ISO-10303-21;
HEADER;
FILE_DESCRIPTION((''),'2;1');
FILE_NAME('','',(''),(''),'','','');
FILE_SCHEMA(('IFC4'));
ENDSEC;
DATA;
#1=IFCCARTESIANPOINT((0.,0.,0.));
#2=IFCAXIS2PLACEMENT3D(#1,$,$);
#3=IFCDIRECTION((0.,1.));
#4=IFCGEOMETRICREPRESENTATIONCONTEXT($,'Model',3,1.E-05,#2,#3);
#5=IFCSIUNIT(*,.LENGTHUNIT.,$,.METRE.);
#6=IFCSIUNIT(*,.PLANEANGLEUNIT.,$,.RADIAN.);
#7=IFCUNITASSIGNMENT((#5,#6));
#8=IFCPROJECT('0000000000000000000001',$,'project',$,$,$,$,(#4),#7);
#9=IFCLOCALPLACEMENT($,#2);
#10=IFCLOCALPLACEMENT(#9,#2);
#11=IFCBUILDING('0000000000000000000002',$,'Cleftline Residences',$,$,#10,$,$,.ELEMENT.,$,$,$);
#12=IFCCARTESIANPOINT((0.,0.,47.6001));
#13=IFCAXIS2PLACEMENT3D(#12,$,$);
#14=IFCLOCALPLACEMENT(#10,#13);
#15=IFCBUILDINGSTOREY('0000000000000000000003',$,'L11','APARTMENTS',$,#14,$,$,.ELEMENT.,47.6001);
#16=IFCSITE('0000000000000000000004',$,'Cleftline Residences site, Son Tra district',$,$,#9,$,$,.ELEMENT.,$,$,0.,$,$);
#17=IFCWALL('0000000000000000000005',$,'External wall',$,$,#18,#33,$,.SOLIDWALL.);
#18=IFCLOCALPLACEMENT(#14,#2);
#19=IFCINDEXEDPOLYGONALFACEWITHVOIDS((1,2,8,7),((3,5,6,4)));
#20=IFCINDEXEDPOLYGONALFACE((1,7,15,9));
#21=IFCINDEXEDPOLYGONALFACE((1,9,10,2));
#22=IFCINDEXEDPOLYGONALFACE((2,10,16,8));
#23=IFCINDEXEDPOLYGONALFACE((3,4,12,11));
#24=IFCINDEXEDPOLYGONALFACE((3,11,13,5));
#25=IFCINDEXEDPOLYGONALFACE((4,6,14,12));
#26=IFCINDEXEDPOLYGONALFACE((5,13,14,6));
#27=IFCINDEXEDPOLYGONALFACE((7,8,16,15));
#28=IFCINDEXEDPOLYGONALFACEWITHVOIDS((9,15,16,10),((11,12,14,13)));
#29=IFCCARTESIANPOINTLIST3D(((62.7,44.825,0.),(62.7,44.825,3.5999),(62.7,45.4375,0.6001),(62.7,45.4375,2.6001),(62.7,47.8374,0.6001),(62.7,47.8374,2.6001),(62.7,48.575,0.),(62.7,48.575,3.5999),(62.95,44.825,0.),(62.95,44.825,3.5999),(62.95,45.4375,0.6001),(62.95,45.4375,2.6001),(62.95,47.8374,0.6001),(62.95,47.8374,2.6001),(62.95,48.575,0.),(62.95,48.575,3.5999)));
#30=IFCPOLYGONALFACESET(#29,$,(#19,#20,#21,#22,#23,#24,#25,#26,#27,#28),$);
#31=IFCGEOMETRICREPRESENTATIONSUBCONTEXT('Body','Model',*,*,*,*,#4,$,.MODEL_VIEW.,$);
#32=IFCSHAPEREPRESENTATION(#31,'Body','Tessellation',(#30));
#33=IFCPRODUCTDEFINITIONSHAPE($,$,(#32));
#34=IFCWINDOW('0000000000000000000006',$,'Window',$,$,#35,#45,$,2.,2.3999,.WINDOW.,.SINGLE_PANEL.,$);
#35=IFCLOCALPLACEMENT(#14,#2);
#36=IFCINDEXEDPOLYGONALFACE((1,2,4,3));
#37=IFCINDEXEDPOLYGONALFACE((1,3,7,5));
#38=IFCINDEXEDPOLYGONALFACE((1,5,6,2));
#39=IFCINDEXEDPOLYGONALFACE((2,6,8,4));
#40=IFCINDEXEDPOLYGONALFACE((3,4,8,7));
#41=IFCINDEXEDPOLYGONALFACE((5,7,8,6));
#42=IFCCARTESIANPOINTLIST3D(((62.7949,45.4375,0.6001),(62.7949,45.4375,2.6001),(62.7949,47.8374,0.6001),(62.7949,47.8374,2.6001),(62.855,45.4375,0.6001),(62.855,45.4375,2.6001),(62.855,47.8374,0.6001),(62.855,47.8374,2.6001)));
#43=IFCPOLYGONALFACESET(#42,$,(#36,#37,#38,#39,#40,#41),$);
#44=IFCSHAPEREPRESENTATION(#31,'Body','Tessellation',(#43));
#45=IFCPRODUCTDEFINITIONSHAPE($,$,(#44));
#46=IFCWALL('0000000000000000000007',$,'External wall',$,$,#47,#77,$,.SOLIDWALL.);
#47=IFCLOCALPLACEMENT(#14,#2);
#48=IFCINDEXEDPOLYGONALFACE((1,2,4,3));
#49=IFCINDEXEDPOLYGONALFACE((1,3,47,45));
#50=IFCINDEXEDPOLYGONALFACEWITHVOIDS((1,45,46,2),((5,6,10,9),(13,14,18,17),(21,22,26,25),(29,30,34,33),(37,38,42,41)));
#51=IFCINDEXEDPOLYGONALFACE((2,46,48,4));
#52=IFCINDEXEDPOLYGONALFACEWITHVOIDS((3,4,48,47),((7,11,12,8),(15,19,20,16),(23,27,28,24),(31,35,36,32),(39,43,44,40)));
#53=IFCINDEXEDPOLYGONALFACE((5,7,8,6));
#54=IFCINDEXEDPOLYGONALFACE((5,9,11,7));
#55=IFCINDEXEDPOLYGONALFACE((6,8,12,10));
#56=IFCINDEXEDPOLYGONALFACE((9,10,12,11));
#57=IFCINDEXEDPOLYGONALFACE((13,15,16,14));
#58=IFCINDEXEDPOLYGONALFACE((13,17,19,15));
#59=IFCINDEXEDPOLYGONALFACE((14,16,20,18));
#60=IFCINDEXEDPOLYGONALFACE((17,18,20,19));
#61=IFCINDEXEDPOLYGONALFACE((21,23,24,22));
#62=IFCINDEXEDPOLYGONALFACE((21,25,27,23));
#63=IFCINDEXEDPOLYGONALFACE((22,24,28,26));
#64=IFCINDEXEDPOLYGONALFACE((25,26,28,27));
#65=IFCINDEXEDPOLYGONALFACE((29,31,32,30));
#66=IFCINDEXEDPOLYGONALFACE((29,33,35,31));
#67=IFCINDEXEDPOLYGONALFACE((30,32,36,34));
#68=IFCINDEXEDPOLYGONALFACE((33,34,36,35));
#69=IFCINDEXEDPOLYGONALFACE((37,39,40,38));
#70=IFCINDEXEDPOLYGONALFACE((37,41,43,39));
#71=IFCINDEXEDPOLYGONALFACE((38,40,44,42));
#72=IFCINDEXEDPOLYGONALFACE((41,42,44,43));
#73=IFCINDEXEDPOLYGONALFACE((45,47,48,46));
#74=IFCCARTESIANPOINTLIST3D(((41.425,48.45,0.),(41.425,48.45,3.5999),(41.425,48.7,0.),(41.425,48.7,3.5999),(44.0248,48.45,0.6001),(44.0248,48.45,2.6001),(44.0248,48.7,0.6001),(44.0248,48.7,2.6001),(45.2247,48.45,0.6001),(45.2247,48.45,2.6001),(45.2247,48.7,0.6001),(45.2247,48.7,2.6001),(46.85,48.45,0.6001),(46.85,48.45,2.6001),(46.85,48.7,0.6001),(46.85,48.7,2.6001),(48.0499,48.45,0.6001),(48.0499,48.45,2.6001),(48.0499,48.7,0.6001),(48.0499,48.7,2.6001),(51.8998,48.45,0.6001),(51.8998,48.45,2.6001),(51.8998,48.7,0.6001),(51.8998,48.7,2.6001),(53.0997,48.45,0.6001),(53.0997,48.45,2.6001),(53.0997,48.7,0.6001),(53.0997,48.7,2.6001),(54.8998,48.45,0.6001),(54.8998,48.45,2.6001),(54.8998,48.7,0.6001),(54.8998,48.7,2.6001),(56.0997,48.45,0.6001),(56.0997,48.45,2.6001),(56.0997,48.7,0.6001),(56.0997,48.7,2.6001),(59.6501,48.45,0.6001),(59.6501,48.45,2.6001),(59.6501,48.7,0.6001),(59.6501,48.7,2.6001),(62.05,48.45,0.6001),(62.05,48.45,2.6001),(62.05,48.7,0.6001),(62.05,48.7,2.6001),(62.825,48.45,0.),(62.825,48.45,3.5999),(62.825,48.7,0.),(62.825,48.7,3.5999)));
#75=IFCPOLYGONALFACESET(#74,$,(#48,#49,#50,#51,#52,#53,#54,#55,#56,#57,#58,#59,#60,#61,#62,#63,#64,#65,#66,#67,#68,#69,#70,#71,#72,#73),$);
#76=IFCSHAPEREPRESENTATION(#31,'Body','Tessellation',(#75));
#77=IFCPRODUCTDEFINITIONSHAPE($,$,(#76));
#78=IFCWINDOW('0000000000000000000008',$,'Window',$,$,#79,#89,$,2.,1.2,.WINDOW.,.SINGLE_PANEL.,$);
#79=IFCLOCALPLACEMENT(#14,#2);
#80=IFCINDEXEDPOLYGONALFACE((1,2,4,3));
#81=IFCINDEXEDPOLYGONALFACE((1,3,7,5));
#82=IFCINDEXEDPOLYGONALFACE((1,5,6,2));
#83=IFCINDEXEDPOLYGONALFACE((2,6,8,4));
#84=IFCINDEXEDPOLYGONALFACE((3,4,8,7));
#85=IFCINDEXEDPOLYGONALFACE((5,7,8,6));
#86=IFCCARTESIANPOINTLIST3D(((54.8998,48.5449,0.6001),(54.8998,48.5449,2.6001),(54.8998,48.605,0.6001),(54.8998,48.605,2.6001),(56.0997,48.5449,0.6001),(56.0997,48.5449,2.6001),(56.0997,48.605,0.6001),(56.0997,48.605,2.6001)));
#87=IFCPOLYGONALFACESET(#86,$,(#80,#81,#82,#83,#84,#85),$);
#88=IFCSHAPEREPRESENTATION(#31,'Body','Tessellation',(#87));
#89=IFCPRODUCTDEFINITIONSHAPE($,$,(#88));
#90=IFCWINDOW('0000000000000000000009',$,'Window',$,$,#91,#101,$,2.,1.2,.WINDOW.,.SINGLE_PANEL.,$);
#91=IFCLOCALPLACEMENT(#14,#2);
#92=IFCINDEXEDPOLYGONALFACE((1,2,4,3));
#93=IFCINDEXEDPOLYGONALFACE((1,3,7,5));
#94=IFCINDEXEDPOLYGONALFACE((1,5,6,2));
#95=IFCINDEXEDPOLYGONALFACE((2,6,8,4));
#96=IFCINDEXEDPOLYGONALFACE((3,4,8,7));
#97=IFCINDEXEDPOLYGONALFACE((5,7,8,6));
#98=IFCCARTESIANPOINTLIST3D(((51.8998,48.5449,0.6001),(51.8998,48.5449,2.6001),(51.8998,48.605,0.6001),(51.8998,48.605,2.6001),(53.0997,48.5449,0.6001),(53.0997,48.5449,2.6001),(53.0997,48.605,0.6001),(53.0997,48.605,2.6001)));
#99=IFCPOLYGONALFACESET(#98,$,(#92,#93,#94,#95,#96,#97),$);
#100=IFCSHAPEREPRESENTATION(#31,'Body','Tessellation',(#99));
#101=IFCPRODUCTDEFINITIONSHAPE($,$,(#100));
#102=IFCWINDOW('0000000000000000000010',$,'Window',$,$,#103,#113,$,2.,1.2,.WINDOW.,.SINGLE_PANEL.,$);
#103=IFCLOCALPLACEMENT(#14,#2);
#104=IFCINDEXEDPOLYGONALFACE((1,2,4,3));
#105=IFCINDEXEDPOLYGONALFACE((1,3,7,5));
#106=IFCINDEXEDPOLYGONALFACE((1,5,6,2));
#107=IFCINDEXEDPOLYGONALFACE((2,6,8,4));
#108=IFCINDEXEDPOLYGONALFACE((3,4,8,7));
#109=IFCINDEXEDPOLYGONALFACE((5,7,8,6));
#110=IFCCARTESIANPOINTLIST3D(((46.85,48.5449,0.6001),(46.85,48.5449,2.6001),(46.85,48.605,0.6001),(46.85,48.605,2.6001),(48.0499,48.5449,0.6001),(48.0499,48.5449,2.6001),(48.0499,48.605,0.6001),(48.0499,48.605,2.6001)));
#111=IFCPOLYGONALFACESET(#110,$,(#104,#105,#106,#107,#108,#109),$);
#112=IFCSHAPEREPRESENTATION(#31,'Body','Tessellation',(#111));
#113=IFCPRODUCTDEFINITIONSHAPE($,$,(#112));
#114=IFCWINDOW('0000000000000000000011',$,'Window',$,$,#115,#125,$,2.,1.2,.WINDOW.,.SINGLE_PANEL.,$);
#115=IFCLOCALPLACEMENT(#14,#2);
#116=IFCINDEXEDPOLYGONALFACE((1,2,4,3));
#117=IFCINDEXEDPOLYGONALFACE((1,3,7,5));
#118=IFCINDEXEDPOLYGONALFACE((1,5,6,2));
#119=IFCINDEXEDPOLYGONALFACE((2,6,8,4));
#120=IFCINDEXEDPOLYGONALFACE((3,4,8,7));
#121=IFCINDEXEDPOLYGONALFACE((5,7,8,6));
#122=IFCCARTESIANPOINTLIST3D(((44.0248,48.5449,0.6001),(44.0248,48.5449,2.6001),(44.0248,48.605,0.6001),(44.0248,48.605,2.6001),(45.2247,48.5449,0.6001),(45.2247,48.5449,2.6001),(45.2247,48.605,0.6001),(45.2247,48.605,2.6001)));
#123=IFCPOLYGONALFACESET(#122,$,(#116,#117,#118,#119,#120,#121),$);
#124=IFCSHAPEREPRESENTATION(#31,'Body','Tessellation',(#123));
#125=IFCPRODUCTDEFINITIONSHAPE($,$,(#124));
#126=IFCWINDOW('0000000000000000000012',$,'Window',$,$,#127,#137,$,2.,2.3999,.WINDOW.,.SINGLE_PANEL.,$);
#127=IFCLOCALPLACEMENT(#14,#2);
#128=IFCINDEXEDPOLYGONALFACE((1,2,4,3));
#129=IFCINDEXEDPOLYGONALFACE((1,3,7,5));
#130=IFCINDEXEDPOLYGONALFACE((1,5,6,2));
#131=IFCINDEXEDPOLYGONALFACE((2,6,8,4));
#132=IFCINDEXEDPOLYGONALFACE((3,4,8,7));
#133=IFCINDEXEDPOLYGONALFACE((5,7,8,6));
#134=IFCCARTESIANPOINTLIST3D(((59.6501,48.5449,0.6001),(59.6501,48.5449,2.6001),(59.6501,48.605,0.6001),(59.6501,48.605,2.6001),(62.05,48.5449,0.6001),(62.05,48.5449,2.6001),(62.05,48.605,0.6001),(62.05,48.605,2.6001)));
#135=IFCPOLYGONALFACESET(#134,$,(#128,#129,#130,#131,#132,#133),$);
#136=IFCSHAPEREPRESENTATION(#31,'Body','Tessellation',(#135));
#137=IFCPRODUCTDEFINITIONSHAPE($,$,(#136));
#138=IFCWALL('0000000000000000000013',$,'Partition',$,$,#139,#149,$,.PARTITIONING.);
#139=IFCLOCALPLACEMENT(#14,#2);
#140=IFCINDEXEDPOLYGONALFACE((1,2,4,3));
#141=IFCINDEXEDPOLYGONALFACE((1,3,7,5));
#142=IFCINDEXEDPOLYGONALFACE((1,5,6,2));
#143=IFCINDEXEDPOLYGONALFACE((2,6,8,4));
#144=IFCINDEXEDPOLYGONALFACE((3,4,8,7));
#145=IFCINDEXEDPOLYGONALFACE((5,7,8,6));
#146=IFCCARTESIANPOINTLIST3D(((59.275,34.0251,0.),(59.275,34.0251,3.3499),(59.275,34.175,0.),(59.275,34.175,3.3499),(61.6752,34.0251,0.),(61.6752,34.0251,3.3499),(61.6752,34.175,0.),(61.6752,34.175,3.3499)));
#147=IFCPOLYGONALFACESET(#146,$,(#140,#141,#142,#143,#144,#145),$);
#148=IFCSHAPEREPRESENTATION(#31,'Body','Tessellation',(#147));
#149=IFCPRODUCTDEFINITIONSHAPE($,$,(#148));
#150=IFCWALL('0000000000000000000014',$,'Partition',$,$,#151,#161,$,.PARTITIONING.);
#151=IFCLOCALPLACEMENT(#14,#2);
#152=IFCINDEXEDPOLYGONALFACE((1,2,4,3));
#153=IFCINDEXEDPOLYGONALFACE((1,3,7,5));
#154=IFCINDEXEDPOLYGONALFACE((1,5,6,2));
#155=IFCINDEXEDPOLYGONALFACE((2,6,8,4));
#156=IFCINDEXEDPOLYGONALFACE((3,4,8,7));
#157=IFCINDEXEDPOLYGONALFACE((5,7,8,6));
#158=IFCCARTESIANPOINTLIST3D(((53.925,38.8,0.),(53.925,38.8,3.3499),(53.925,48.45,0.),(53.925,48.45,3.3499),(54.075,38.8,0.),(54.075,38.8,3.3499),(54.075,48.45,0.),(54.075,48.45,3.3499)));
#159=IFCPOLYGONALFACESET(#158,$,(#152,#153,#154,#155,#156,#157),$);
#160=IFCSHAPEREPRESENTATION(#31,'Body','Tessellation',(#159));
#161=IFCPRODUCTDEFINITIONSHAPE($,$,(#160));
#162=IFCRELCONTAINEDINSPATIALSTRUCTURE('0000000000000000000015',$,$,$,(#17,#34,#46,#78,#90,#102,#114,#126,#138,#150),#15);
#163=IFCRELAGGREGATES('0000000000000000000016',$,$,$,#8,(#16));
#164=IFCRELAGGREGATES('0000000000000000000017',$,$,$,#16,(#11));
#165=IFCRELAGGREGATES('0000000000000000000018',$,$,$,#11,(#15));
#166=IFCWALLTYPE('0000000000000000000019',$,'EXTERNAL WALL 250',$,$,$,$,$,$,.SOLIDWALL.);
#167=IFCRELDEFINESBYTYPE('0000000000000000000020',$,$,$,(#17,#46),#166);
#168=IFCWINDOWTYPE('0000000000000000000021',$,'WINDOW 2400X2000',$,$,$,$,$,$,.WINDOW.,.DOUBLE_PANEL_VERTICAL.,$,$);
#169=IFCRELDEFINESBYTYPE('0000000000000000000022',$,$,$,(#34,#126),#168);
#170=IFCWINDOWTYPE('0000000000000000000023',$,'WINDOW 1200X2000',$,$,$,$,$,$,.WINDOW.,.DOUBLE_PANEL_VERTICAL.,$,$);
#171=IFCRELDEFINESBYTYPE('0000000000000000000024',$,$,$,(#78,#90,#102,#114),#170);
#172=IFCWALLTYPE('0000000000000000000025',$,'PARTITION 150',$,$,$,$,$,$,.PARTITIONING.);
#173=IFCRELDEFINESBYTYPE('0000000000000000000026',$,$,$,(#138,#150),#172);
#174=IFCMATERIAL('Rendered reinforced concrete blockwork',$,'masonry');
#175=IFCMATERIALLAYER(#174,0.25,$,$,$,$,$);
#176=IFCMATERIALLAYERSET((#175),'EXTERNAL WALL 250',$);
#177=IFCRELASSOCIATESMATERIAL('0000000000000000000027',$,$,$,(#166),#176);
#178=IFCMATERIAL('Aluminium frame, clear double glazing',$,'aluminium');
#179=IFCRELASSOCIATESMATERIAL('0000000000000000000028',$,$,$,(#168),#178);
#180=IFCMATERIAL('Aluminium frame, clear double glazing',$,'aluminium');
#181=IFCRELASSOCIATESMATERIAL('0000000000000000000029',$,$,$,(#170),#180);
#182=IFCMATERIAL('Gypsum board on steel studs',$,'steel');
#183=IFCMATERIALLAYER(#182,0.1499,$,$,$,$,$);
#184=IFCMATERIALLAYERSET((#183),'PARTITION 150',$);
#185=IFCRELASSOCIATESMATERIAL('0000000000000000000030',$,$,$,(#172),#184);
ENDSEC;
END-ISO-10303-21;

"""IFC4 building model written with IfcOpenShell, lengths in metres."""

from ifc_helpers import new_model, si_unit, direction, frame, frame_2d, origin, place, context, subcontext, project, spatial, rectangle, extrude, material, layer, layer_set, type_object, element, fill, save


model = new_model("IFC4")

# Units and contexts
model_context = context("Model", 3, precision=1e-05, world=origin(), true_north=direction((0.0, 1.0)))
body_context = subcontext(model_context, "Body", "Model", "MODEL_VIEW")
ifc_project = project(units=[si_unit("LENGTHUNIT", "METRE"), si_unit("PLANEANGLEUNIT", "RADIAN")], contexts=[model_context])

# Site, building, storey
site_placement = place(None, origin())
site = spatial("IfcSite", under=ifc_project, at=site_placement, Name="Cleftline Residences site, Son Tra district", CompositionType="ELEMENT", RefElevation=0.0)
building_placement = place(site_placement, origin())
building = spatial("IfcBuilding", under=site, at=building_placement, Name="Cleftline Residences", CompositionType="ELEMENT")
storey_placement = place(building_placement, frame((0.0, 0.0, 47.6001)))
storey = spatial("IfcBuildingStorey", under=building, at=storey_placement, Name="L11", Description="APARTMENTS", CompositionType="ELEMENT", Elevation=47.6001)

# Wall, opening, window
ifc_material_1 = material(Name="Rendered reinforced concrete blockwork", Category="masonry")
ifc_layer_1 = layer(ifc_material_1, 0.25)
ifc_layer_set_1 = layer_set([ifc_layer_1], Name="EXTERNAL WALL 250")
wall_type_1 = type_object("IfcWallType", Name="EXTERNAL WALL 250", PredefinedType="SOLIDWALL", material=ifc_layer_set_1)
ifc_material_2 = material(Name="Aluminium frame, clear double glazing", Category="aluminium")
window_type_1 = type_object("IfcWindowType", Name="WINDOW 2400X2000", PartitioningType="DOUBLE_PANEL_VERTICAL", PredefinedType="WINDOW", material=ifc_material_2)
wall_1_placement = place(storey_placement, frame((62.825, 44.825, 0.0), z_axis=(0.0, 0.0, 1.0), x_axis=(0.0, 1.0, 0.0)))
wall_1 = element("IfcWall", 1, at=wall_1_placement, inside=storey, type_object=wall_type_1, Name="External wall", PredefinedType="SOLIDWALL", context=body_context, shape_type="SweptSolid", body=[
    extrude(rectangle(XDim=3.75, YDim=0.25, at=frame_2d((1.875, 0.0))), origin(), (0.0, 0.0, 1.0), 3.5999),
])
opening_1_placement = place(wall_1_placement, frame((0.6125, 0.0, 0.6001)))
opening_1 = element("IfcOpeningElement", 2, at=opening_1_placement, cuts=wall_1, PredefinedType="OPENING", context=body_context, shape_type="SweptSolid", body=[
    extrude(rectangle(XDim=2.3999, YDim=2.0, at=frame_2d((1.2, 1.0))), frame((0.0, 0.135, 0.0), z_axis=(0.0, -1.0, 0.0), x_axis=(1.0, 0.0, 0.0)), (0.0, 0.0, 1.0), 0.27),
])
window_1_placement = place(opening_1_placement, origin())
window_1 = element("IfcWindow", 3, at=window_1_placement, inside=storey, type_object=window_type_1, Name="Window", OverallHeight=2.0, OverallWidth=2.3999, PartitioningType="SINGLE_PANEL", PredefinedType="WINDOW", context=body_context, shape_type="SweptSolid", body=[
    extrude(rectangle(XDim=2.3999, YDim=2.0, at=frame_2d((1.2, 1.0))), frame((0.0, 0.03, 0.0), z_axis=(0.0, -1.0, 0.0), x_axis=(1.0, 0.0, 0.0)), (0.0, 0.0, 1.0), 0.0601),
])
fill(opening_1, window_1)

# Wall, openings, windows
wall_2_placement = place(storey_placement, frame((62.825, 48.575, 0.0), z_axis=(0.0, 0.0, 1.0), x_axis=(-1.0, 0.0, 0.0)))
wall_2 = element("IfcWall", 4, at=wall_2_placement, inside=storey, type_object=wall_type_1, Name="External wall", PredefinedType="SOLIDWALL", context=body_context, shape_type="SweptSolid", body=[
    extrude(rectangle(XDim=21.3999, YDim=0.25, at=frame_2d((10.7, 0.0))), origin(), (0.0, 0.0, 1.0), 3.5999),
])
opening_2_placement = place(wall_2_placement, frame((0.7749, 0.0, 0.6001)))
opening_2 = element("IfcOpeningElement", 5, at=opening_2_placement, cuts=wall_2, PredefinedType="OPENING", context=body_context, shape_type="SweptSolid", body=[
    extrude(rectangle(XDim=2.3999, YDim=2.0, at=frame_2d((1.2, 1.0))), frame((0.0, 0.135, 0.0), z_axis=(0.0, -1.0, 0.0), x_axis=(1.0, 0.0, 0.0)), (0.0, 0.0, 1.0), 0.27),
])
opening_3_placement = place(wall_2_placement, frame((6.7251, 0.0, 0.6001)))
opening_3 = element("IfcOpeningElement", 6, at=opening_3_placement, cuts=wall_2, PredefinedType="OPENING", context=body_context, shape_type="SweptSolid", body=[
    extrude(rectangle(XDim=1.2, YDim=2.0, at=frame_2d((0.6001, 1.0))), frame((0.0, 0.135, 0.0), z_axis=(0.0, -1.0, 0.0), x_axis=(1.0, 0.0, 0.0)), (0.0, 0.0, 1.0), 0.27),
])
opening_4_placement = place(wall_2_placement, frame((9.7251, 0.0, 0.6001)))
opening_4 = element("IfcOpeningElement", 7, at=opening_4_placement, cuts=wall_2, PredefinedType="OPENING", context=body_context, shape_type="SweptSolid", body=[
    extrude(rectangle(XDim=1.2, YDim=2.0, at=frame_2d((0.6001, 1.0))), frame((0.0, 0.135, 0.0), z_axis=(0.0, -1.0, 0.0), x_axis=(1.0, 0.0, 0.0)), (0.0, 0.0, 1.0), 0.27),
])
opening_5_placement = place(wall_2_placement, frame((14.7749, 0.0, 0.6001)))
opening_5 = element("IfcOpeningElement", 8, at=opening_5_placement, cuts=wall_2, PredefinedType="OPENING", context=body_context, shape_type="SweptSolid", body=[
    extrude(rectangle(XDim=1.2, YDim=2.0, at=frame_2d((0.6001, 1.0))), frame((0.0, 0.135, 0.0), z_axis=(0.0, -1.0, 0.0), x_axis=(1.0, 0.0, 0.0)), (0.0, 0.0, 1.0), 0.27),
])
opening_6_placement = place(wall_2_placement, frame((17.6001, 0.0, 0.6001)))
opening_6 = element("IfcOpeningElement", 9, at=opening_6_placement, cuts=wall_2, PredefinedType="OPENING", context=body_context, shape_type="SweptSolid", body=[
    extrude(rectangle(XDim=1.2, YDim=2.0, at=frame_2d((0.6001, 1.0))), frame((0.0, 0.135, 0.0), z_axis=(0.0, -1.0, 0.0), x_axis=(1.0, 0.0, 0.0)), (0.0, 0.0, 1.0), 0.27),
])
ifc_material_3 = material(Name="Aluminium frame, clear double glazing", Category="aluminium")
window_type_2 = type_object("IfcWindowType", Name="WINDOW 1200X2000", PartitioningType="DOUBLE_PANEL_VERTICAL", PredefinedType="WINDOW", material=ifc_material_3)
window_2_placement = place(opening_3_placement, origin())
window_2 = element("IfcWindow", 10, at=window_2_placement, inside=storey, type_object=window_type_2, Name="Window", OverallHeight=2.0, OverallWidth=1.2, PartitioningType="SINGLE_PANEL", PredefinedType="WINDOW", context=body_context, shape_type="SweptSolid", body=[
    extrude(rectangle(XDim=1.2, YDim=2.0, at=frame_2d((0.6001, 1.0))), frame((0.0, 0.03, 0.0), z_axis=(0.0, -1.0, 0.0), x_axis=(1.0, 0.0, 0.0)), (0.0, 0.0, 1.0), 0.0601),
])
fill(opening_3, window_2)
window_3_placement = place(opening_4_placement, origin())
window_3 = element("IfcWindow", 11, at=window_3_placement, inside=storey, type_object=window_type_2, Name="Window", OverallHeight=2.0, OverallWidth=1.2, PartitioningType="SINGLE_PANEL", PredefinedType="WINDOW", context=body_context, shape_type="SweptSolid", body=[
    extrude(rectangle(XDim=1.2, YDim=2.0, at=frame_2d((0.6001, 1.0))), frame((0.0, 0.03, 0.0), z_axis=(0.0, -1.0, 0.0), x_axis=(1.0, 0.0, 0.0)), (0.0, 0.0, 1.0), 0.0601),
])
fill(opening_4, window_3)
window_4_placement = place(opening_5_placement, origin())
window_4 = element("IfcWindow", 12, at=window_4_placement, inside=storey, type_object=window_type_2, Name="Window", OverallHeight=2.0, OverallWidth=1.2, PartitioningType="SINGLE_PANEL", PredefinedType="WINDOW", context=body_context, shape_type="SweptSolid", body=[
    extrude(rectangle(XDim=1.2, YDim=2.0, at=frame_2d((0.6001, 1.0))), frame((0.0, 0.03, 0.0), z_axis=(0.0, -1.0, 0.0), x_axis=(1.0, 0.0, 0.0)), (0.0, 0.0, 1.0), 0.0601),
])
fill(opening_5, window_4)
window_5_placement = place(opening_6_placement, origin())
window_5 = element("IfcWindow", 13, at=window_5_placement, inside=storey, type_object=window_type_2, Name="Window", OverallHeight=2.0, OverallWidth=1.2, PartitioningType="SINGLE_PANEL", PredefinedType="WINDOW", context=body_context, shape_type="SweptSolid", body=[
    extrude(rectangle(XDim=1.2, YDim=2.0, at=frame_2d((0.6001, 1.0))), frame((0.0, 0.03, 0.0), z_axis=(0.0, -1.0, 0.0), x_axis=(1.0, 0.0, 0.0)), (0.0, 0.0, 1.0), 0.0601),
])
fill(opening_6, window_5)
window_6_placement = place(opening_2_placement, origin())
window_6 = element("IfcWindow", 14, at=window_6_placement, inside=storey, type_object=window_type_1, Name="Window", OverallHeight=2.0, OverallWidth=2.3999, PartitioningType="SINGLE_PANEL", PredefinedType="WINDOW", context=body_context, shape_type="SweptSolid", body=[
    extrude(rectangle(XDim=2.3999, YDim=2.0, at=frame_2d((1.2, 1.0))), frame((0.0, 0.03, 0.0), z_axis=(0.0, -1.0, 0.0), x_axis=(1.0, 0.0, 0.0)), (0.0, 0.0, 1.0), 0.0601),
])
fill(opening_2, window_6)

# Walls
ifc_material_4 = material(Name="Gypsum board on steel studs", Category="steel")
ifc_layer_2 = layer(ifc_material_4, 0.1499)
ifc_layer_set_2 = layer_set([ifc_layer_2], Name="PARTITION 150")
wall_type_2 = type_object("IfcWallType", Name="PARTITION 150", PredefinedType="PARTITIONING", material=ifc_layer_set_2)
wall_3_placement = place(storey_placement, frame((59.2749, 34.1001, 0.0), z_axis=(0.0, 0.0, 1.0), x_axis=(1.0, 0.0, 0.0)))
element("IfcWall", 15, at=wall_3_placement, inside=storey, type_object=wall_type_2, Name="Partition", PredefinedType="PARTITIONING", context=body_context, shape_type="SweptSolid", body=[
    extrude(rectangle(XDim=2.4001, YDim=0.1499, at=frame_2d((1.2002, 0.0))), origin(), (0.0, 0.0, 1.0), 3.3499),
])
wall_4_placement = place(storey_placement, frame((54.0, 38.8, 0.0), z_axis=(0.0, 0.0, 1.0), x_axis=(0.0, 1.0, 0.0)))
element("IfcWall", 16, at=wall_4_placement, inside=storey, type_object=wall_type_2, Name="Partition", PredefinedType="PARTITIONING", context=body_context, shape_type="SweptSolid", body=[
    extrude(rectangle(XDim=9.6499, YDim=0.1499, at=frame_2d((4.825, 0.0))), origin(), (0.0, 0.0, 1.0), 3.3499),
])

save(model, "model.ifc")
